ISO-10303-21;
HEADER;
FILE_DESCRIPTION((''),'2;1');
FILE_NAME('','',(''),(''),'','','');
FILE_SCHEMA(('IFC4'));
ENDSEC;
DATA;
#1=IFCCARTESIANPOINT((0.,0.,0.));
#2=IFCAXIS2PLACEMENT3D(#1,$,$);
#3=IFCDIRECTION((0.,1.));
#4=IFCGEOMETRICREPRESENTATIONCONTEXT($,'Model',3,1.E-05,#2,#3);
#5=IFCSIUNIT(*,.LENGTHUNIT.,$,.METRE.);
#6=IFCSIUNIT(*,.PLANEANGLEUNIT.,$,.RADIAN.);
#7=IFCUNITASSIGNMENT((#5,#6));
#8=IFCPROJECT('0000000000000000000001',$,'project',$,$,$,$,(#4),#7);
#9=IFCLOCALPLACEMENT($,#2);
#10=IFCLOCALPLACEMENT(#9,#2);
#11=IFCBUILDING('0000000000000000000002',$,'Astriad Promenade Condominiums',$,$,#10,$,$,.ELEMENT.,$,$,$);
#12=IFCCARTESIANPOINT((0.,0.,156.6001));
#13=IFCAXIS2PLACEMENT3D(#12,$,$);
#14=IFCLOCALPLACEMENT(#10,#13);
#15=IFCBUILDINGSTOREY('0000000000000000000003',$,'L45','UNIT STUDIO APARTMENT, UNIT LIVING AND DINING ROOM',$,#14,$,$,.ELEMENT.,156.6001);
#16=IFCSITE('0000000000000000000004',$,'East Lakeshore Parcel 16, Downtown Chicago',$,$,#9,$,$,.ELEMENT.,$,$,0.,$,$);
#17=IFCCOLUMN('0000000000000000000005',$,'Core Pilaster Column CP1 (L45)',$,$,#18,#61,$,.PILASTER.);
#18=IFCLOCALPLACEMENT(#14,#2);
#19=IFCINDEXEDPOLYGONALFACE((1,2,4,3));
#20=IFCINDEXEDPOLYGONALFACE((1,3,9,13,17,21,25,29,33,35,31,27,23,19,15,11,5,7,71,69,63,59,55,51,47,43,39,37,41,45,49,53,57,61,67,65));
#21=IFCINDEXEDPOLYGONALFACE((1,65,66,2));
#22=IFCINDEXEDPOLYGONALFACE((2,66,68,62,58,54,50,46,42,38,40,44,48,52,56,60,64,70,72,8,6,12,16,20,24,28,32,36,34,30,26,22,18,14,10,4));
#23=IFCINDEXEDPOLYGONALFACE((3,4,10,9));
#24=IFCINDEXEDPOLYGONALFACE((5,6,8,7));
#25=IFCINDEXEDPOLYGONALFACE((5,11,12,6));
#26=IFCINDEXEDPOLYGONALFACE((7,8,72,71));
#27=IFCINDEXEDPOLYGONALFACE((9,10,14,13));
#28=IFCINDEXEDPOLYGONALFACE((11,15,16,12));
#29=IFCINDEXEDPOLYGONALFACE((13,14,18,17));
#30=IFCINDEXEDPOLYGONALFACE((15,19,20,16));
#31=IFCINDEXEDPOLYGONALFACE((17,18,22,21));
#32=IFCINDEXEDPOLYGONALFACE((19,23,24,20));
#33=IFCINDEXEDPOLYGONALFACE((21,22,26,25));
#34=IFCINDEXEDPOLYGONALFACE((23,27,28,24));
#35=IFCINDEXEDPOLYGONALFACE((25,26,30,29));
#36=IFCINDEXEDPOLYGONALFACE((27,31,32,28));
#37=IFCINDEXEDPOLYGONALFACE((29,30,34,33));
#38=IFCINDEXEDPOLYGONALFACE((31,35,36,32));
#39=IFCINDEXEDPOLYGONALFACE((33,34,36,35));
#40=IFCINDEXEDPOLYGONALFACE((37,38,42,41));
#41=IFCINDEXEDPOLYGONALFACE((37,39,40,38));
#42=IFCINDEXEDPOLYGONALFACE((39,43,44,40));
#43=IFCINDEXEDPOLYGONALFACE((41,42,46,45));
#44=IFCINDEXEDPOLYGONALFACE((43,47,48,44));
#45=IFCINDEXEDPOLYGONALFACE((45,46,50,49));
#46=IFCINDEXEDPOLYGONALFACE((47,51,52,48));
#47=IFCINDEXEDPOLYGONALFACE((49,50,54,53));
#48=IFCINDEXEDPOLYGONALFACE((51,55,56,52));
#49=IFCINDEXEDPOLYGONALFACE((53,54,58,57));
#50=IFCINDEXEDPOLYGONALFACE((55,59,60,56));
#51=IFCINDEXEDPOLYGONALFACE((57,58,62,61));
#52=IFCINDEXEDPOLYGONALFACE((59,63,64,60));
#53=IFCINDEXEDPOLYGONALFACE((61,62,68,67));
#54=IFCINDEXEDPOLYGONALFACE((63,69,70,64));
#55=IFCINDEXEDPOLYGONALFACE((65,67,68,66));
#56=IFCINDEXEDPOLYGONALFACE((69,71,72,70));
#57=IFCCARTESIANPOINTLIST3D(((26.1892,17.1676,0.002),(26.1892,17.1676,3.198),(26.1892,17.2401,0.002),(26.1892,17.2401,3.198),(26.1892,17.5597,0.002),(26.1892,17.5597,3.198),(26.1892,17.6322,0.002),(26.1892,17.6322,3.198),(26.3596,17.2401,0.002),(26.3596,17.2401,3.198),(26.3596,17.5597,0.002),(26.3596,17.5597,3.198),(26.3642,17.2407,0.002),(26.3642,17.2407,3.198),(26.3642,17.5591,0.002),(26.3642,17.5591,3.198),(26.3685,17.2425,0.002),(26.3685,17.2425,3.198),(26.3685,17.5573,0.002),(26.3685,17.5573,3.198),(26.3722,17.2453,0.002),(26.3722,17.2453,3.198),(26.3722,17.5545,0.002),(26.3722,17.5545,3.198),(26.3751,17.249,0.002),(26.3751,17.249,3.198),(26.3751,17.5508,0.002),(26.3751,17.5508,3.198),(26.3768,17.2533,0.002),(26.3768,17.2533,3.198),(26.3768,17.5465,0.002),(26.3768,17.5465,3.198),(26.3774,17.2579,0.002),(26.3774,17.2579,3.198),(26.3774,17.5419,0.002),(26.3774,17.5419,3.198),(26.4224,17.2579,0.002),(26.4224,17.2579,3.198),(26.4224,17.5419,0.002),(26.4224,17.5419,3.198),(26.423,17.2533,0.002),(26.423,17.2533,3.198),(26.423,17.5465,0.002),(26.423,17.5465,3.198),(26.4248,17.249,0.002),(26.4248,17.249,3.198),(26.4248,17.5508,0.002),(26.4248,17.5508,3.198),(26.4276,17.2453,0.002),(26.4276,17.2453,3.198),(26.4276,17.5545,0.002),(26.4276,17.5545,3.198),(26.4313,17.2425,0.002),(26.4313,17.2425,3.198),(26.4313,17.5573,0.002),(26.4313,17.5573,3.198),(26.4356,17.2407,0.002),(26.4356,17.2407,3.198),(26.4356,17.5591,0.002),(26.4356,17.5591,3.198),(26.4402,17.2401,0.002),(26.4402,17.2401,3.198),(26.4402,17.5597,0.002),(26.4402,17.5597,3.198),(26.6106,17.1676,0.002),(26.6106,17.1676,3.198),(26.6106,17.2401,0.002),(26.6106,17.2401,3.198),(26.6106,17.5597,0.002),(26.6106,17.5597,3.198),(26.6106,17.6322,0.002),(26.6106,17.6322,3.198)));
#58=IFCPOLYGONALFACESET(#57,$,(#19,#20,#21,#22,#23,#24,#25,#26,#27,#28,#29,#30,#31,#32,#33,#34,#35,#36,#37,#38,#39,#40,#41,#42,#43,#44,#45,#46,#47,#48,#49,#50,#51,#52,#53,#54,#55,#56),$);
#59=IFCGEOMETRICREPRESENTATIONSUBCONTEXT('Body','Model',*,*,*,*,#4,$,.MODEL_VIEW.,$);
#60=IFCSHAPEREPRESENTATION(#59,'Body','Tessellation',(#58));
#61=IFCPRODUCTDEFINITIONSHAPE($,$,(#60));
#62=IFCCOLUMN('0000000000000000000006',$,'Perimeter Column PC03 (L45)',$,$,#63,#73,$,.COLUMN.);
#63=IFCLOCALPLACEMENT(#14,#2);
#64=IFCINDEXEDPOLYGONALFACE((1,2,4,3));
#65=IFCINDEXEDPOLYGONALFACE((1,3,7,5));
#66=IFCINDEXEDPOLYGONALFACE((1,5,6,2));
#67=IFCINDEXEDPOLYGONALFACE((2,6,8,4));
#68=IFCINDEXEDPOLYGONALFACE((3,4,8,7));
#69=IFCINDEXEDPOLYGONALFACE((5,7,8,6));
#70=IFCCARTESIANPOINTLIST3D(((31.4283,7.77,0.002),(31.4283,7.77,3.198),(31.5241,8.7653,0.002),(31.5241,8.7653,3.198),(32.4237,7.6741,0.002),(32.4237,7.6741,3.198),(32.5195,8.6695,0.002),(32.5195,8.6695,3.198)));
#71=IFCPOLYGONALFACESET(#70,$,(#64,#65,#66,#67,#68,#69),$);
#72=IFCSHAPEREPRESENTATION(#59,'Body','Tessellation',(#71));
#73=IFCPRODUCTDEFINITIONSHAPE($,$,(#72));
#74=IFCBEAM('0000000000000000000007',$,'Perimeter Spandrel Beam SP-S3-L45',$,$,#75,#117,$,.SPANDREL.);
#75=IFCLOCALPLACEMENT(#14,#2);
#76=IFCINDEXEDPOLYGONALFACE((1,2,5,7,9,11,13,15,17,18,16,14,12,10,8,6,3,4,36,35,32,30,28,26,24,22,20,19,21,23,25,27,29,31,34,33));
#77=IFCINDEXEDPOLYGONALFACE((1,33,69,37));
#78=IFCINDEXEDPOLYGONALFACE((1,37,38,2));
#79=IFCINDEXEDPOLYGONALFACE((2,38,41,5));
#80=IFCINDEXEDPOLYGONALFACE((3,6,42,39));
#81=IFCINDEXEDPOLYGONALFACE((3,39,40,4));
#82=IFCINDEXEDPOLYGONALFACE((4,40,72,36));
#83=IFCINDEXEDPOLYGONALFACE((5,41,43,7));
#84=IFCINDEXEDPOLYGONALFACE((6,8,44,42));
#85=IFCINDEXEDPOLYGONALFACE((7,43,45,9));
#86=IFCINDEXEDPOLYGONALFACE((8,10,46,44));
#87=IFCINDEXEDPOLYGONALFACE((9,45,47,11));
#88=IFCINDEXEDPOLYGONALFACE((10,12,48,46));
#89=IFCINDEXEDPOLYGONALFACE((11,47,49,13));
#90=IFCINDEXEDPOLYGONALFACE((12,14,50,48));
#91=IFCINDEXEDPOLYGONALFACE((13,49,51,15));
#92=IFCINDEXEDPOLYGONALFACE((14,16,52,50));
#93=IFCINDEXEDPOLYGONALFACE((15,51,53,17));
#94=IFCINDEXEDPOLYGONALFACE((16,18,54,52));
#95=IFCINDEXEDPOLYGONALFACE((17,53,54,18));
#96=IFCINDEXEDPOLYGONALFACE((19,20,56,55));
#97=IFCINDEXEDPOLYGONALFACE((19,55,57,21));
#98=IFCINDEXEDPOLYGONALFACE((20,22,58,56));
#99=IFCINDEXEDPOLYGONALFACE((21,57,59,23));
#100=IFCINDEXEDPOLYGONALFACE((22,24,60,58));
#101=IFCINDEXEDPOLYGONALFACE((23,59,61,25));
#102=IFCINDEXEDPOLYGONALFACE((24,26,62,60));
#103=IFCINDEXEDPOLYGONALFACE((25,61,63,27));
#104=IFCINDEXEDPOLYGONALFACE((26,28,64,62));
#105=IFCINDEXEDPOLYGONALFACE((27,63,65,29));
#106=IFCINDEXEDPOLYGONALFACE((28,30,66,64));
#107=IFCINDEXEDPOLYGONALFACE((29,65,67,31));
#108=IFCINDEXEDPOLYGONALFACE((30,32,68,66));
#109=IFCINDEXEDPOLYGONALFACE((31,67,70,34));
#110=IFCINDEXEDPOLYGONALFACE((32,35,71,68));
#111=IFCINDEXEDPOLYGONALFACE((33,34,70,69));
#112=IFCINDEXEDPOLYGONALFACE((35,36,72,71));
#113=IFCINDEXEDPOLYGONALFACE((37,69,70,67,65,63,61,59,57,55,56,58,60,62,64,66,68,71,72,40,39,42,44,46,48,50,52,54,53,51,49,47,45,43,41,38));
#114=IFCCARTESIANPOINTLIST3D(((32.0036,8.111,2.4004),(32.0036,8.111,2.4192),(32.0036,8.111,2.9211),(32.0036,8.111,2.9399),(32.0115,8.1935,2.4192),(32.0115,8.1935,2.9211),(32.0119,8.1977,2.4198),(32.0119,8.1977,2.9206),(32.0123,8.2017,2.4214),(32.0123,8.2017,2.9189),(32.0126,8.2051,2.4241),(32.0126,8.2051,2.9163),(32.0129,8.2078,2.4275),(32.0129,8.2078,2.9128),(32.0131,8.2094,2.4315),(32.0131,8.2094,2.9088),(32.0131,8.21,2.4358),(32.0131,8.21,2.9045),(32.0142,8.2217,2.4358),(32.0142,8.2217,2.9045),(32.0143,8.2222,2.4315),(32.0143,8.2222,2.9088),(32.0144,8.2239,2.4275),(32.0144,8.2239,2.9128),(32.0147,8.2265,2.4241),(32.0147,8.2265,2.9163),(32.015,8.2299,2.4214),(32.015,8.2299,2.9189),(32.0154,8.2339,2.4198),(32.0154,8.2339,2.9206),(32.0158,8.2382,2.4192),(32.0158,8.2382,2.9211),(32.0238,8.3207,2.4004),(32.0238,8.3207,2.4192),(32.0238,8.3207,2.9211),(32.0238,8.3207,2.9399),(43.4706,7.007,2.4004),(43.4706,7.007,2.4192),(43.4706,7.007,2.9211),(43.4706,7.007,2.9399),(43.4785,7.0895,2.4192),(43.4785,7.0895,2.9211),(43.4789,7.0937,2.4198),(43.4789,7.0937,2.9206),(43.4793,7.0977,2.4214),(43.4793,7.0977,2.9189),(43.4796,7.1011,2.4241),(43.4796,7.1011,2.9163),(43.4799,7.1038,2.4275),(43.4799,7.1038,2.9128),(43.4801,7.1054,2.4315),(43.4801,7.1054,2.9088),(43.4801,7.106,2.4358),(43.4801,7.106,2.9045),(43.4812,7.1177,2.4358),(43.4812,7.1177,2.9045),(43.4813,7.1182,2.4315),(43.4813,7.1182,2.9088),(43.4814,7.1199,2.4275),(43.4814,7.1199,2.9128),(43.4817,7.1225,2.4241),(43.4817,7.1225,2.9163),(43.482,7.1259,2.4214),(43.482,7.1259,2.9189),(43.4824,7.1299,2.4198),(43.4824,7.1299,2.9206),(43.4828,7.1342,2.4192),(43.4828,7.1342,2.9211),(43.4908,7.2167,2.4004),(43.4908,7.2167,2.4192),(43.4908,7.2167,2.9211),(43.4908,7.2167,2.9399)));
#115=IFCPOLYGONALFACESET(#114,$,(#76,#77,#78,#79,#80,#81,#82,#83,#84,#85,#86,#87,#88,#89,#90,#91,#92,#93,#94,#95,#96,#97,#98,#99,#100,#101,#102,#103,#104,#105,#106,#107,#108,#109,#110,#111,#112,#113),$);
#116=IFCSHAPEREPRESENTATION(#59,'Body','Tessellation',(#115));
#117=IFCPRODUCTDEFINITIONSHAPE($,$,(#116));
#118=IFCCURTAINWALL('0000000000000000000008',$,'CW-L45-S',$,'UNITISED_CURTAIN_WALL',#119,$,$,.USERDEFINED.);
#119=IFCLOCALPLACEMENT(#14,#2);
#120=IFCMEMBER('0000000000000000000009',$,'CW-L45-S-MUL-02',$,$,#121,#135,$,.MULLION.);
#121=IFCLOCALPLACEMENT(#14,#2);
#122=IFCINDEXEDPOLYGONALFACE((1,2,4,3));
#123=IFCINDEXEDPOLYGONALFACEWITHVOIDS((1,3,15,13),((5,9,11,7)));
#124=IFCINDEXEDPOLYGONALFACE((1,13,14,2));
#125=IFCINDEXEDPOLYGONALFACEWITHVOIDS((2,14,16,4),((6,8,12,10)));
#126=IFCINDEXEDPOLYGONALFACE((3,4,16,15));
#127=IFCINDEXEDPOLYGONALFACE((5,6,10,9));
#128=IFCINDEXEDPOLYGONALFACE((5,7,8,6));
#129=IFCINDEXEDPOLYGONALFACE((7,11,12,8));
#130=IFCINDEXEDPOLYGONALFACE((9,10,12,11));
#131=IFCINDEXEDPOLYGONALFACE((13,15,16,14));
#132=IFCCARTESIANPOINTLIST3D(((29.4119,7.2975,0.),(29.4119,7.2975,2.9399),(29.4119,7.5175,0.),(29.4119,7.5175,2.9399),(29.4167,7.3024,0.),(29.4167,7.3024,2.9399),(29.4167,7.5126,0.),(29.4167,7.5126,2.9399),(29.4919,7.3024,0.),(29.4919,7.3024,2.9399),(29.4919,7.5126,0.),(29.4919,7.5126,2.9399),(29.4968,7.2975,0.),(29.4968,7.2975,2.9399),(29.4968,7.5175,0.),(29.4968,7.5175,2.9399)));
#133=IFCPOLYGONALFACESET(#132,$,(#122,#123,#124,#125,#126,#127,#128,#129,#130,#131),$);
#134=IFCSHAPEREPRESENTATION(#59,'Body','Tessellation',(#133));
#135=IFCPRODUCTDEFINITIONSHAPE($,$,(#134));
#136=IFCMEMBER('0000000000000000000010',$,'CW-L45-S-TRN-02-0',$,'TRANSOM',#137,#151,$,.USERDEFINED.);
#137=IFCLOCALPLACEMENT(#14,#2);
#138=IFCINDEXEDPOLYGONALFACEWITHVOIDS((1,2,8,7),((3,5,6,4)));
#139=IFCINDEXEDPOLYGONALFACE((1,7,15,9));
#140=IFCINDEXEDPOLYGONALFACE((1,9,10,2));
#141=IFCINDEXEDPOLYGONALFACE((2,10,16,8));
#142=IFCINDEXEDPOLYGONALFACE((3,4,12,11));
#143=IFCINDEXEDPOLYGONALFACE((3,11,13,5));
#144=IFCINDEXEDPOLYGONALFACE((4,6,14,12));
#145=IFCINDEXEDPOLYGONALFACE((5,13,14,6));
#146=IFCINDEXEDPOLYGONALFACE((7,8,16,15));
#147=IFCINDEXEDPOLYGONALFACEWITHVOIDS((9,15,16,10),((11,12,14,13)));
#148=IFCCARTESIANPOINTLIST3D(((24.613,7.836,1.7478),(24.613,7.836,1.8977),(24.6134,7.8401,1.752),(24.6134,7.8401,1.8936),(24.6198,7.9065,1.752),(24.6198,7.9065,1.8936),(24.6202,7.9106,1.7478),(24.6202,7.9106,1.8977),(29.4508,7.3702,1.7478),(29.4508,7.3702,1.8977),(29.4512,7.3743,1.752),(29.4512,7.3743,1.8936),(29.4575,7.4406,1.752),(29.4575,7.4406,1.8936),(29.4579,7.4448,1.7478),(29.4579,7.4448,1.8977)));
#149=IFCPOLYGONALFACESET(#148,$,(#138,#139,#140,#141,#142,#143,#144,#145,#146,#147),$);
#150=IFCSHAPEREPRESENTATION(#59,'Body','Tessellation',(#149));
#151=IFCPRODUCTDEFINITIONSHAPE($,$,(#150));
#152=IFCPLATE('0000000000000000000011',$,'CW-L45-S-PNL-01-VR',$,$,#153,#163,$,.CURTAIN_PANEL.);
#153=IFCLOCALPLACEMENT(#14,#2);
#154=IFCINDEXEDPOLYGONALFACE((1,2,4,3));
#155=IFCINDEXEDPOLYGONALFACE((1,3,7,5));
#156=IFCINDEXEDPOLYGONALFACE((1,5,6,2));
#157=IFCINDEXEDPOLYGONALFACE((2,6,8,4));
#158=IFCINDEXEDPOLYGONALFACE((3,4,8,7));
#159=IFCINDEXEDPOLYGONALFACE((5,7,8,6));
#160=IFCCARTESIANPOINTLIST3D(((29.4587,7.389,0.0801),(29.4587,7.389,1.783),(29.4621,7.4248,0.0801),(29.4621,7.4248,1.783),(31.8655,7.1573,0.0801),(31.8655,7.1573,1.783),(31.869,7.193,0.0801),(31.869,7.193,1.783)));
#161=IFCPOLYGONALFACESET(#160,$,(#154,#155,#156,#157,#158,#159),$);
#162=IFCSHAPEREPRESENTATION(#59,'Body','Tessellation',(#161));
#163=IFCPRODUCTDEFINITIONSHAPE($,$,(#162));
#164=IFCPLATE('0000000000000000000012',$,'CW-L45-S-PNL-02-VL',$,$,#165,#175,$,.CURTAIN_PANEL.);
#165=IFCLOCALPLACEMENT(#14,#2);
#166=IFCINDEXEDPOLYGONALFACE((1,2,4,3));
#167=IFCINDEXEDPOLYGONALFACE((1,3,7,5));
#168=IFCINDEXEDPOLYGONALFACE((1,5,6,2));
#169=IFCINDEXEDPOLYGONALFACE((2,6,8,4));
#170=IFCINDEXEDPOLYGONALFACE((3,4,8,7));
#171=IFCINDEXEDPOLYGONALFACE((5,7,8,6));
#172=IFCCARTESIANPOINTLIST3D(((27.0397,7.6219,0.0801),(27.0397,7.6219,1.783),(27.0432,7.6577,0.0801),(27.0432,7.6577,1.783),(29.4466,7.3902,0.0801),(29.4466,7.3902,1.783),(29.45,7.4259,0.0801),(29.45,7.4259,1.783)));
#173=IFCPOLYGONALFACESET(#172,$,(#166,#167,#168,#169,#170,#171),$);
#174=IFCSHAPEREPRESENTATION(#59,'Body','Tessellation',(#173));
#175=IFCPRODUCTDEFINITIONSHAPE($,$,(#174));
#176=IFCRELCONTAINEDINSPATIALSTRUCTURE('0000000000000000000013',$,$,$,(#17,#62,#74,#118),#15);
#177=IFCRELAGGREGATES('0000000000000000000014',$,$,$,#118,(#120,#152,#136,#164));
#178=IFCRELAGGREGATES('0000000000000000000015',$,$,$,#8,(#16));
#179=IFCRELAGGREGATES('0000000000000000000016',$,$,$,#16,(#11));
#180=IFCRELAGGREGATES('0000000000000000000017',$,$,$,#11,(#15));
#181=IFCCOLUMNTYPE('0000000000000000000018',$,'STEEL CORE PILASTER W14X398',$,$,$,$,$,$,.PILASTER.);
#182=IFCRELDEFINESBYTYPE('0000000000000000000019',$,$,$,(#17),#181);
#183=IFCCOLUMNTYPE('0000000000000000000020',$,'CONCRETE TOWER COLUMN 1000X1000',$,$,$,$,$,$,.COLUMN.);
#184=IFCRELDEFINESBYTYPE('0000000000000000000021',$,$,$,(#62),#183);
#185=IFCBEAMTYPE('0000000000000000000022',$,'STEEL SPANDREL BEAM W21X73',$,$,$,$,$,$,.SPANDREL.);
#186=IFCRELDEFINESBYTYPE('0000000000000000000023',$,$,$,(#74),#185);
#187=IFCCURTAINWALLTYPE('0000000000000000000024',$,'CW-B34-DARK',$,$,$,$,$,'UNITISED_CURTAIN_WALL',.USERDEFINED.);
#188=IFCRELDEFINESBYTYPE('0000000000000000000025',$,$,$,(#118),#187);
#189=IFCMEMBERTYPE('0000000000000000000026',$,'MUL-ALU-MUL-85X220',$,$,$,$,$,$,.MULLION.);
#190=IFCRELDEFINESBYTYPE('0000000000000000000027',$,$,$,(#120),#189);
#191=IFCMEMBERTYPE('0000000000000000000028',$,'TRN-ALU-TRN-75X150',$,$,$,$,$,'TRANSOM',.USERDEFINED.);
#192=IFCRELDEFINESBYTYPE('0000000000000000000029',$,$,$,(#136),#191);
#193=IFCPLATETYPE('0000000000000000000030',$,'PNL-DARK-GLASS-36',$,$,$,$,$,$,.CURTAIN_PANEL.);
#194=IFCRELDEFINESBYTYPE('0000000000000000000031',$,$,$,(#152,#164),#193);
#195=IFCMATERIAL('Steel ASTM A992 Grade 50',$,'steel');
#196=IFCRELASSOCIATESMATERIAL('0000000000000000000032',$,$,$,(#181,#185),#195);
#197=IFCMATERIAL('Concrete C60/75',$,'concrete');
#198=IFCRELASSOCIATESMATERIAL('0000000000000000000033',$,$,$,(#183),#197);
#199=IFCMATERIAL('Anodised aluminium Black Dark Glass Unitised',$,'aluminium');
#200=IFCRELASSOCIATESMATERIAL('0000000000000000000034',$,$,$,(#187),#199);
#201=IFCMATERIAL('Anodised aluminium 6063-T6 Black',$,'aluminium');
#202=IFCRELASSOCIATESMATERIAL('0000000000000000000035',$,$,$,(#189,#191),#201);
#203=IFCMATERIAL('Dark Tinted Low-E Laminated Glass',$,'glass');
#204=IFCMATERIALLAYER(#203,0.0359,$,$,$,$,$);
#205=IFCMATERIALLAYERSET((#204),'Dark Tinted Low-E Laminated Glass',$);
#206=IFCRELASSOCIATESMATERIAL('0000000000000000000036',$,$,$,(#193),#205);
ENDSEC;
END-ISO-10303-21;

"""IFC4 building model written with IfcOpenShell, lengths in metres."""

from ifc_helpers import new_model, si_unit, direction, frame, origin, origin_2d, place, context, subcontext, project, spatial, rectangle, hollow_rectangle, i_section, extrude, source, transform, mapped, material, layer, layer_set, material_profile, profile_set, type_object, type_shapes, element, aggregate, save


model = new_model("IFC4")

# Units and contexts
model_context = context("Model", 3, precision=1e-05, world=origin(), true_north=direction((0.0, 1.0)))
body_context = subcontext(model_context, "Body", "Model", "MODEL_VIEW")
ifc_project = project(units=[si_unit("LENGTHUNIT", "METRE"), si_unit("PLANEANGLEUNIT", "RADIAN")], contexts=[model_context])

# Site, building, storey
site_placement = place(None, origin())
site = spatial("IfcSite", under=ifc_project, at=site_placement, Name="East Lakeshore Parcel 16, Downtown Chicago", CompositionType="ELEMENT", RefElevation=0.0)
building_placement = place(site_placement, origin())
building = spatial("IfcBuilding", under=site, at=building_placement, Name="Astriad Promenade Condominiums", CompositionType="ELEMENT")
storey_placement = place(building_placement, frame((0.0, 0.0, 156.6001)))
storey = spatial("IfcBuildingStorey", under=building, at=storey_placement, Name="L45", Description="UNIT STUDIO APARTMENT, UNIT LIVING AND DINING ROOM", CompositionType="ELEMENT", Elevation=156.6001)

# Columns
ifc_material_1 = material(Name="Steel ASTM A992 Grade 50", Category="steel")
ifc_material_profile_1 = material_profile(ifc_material_1, i_section(OverallWidth=0.4214, OverallDepth=0.4646, WebThickness=0.0449, FlangeThickness=0.0725, FilletRadius=0.0178, at=origin_2d()), Name="W14X398")
ifc_profile_set_1 = profile_set([ifc_material_profile_1], Name="Steel ASTM A992 Grade 50")
column_type_1 = type_object("IfcColumnType", Name="STEEL CORE PILASTER W14X398", PredefinedType="PILASTER", material=ifc_profile_set_1)
shared_shape_1 = source(origin(), body_context, "Body", "SweptSolid", [
    extrude(i_section(OverallWidth=0.4214, OverallDepth=0.4646, WebThickness=0.0449, FlangeThickness=0.0725, FilletRadius=0.0178, at=origin_2d()), origin(), (0.0, 0.0, 1.0), 3.196),
])
type_shapes(column_type_1, [shared_shape_1])
column_1_placement = place(storey_placement, frame((26.3999, 17.3999, 0.002), z_axis=(0.0, 0.0, 1.0), x_axis=(1.0, 0.0, 0.0)))
element("IfcColumn", 1, at=column_1_placement, inside=storey, type_object=column_type_1, Name="Core Pilaster Column CP1 (L45)", PredefinedType="PILASTER", context=body_context, shape_type="MappedRepresentation", body=[
    mapped(shared_shape_1, transform((0.0, 0.0, 0.0), scale=1.0)),
])
ifc_material_2 = material(Name="Concrete C60/75", Category="concrete")
ifc_material_profile_2 = material_profile(ifc_material_2, rectangle(XDim=1.0, YDim=1.0, at=origin_2d()), Name="RC-COL-1000X1000")
ifc_profile_set_2 = profile_set([ifc_material_profile_2], Name="Concrete C60/75")
column_type_2 = type_object("IfcColumnType", Name="CONCRETE TOWER COLUMN 1000X1000", PredefinedType="COLUMN", material=ifc_profile_set_2)
shared_shape_2 = source(origin(), body_context, "Body", "SweptSolid", [
    extrude(rectangle(XDim=1.0, YDim=1.0, at=origin_2d()), origin(), (0.0, 0.0, 1.0), 3.196),
])
type_shapes(column_type_2, [shared_shape_2])
column_2_placement = place(storey_placement, frame((31.9739, 8.2197, 0.002), z_axis=(0.0, 0.0, 1.0), x_axis=(0.995396, -0.095846, 0.0)))
element("IfcColumn", 2, at=column_2_placement, inside=storey, type_object=column_type_2, Name="Perimeter Column PC03 (L45)", PredefinedType="COLUMN", context=body_context, shape_type="MappedRepresentation", body=[
    mapped(shared_shape_2, transform((0.0, 0.0, 0.0), scale=1.0)),
])

# Beam
ifc_material_profile_3 = material_profile(ifc_material_1, i_section(OverallWidth=0.2107, OverallDepth=0.5396, WebThickness=0.0117, FlangeThickness=0.0188, FilletRadius=0.0166, at=origin_2d()), Name="W21X73")
ifc_profile_set_3 = profile_set([ifc_material_profile_3], Name="Steel ASTM A992 Grade 50")
beam_type = type_object("IfcBeamType", Name="STEEL SPANDREL BEAM W21X73", PredefinedType="SPANDREL", material=ifc_profile_set_3)
shared_shape_3 = source(origin(), body_context, "Body", "SweptSolid", [
    extrude(i_section(OverallWidth=0.2107, OverallDepth=0.5396, WebThickness=0.0117, FlangeThickness=0.0188, FilletRadius=0.0166, at=origin_2d()), origin(), (0.0, 0.0, 1.0), 11.52),
])
type_shapes(beam_type, [shared_shape_3])
beam_placement = place(storey_placement, frame((32.0137, 8.2158, 2.6702), z_axis=(0.995397, -0.095833, 0.0), x_axis=(0.095833, 0.995397, 0.0)))
element("IfcBeam", 3, at=beam_placement, inside=storey, type_object=beam_type, Name="Perimeter Spandrel Beam SP-S3-L45", PredefinedType="SPANDREL", context=body_context, shape_type="MappedRepresentation", body=[
    mapped(shared_shape_3, transform((0.0, 0.0, 0.0), scale=1.0)),
])

# Curtain wall, members, plates
ifc_material_3 = material(Name="Anodised aluminium Black Dark Glass Unitised", Category="aluminium")
curtain_wall_type = type_object("IfcCurtainWallType", Name="CW-B34-DARK", ElementType="UNITISED_CURTAIN_WALL", PredefinedType="USERDEFINED", material=ifc_material_3)
curtain_wall_placement = place(storey_placement, origin())
curtain_wall = element("IfcCurtainWall", 4, at=curtain_wall_placement, inside=storey, type_object=curtain_wall_type, Name="CW-L45-S", ObjectType="UNITISED_CURTAIN_WALL", PredefinedType="USERDEFINED")
ifc_material_4 = material(Name="Anodised aluminium 6063-T6 Black", Category="aluminium")
ifc_material_profile_4 = material_profile(ifc_material_4, hollow_rectangle(XDim=0.085, YDim=0.22, WallThickness=0.0049, at=origin_2d()), Name="ALU-MUL-85X220")
ifc_profile_set_4 = profile_set([ifc_material_profile_4], Name="Anodised aluminium 6063-T6 Black")
member_type_1 = type_object("IfcMemberType", Name="MUL-ALU-MUL-85X220", PredefinedType="MULLION", material=ifc_profile_set_4)
shared_shape_4 = source(origin(), body_context, "Body", "SweptSolid", [
    extrude(hollow_rectangle(XDim=0.085, YDim=0.22, WallThickness=0.0049, at=origin_2d()), origin(), (0.0, 0.0, 1.0), 2.9399),
])
type_shapes(member_type_1, [shared_shape_4])
member_1_placement = place(storey_placement, frame((29.4543, 7.4075, 0.0), z_axis=(0.0, 0.0, 1.0), x_axis=(1.0, 0.0, 0.0)))
member_1 = element("IfcMember", 5, at=member_1_placement, type_object=member_type_1, Name="CW-L45-S-MUL-02", PredefinedType="MULLION", context=body_context, shape_type="MappedRepresentation", body=[
    mapped(shared_shape_4, transform((0.0, 0.0, 0.0), scale=1.0)),
])
ifc_material_profile_5 = material_profile(ifc_material_4, hollow_rectangle(XDim=0.075, YDim=0.1499, WallThickness=0.0042, at=origin_2d()), Name="ALU-TRN-75X150")
ifc_profile_set_5 = profile_set([ifc_material_profile_5], Name="Anodised aluminium 6063-T6 Black")
member_type_2 = type_object("IfcMemberType", Name="TRN-ALU-TRN-75X150", ElementType="TRANSOM", PredefinedType="USERDEFINED", material=ifc_profile_set_5)
shared_shape_5 = source(origin(), body_context, "Body", "SweptSolid", [
    extrude(hollow_rectangle(XDim=0.075, YDim=0.1499, WallThickness=0.0042, at=origin_2d()), origin(), (0.0, 0.0, 1.0), 4.8601),
])
type_shapes(member_type_2, [shared_shape_5])
member_2_placement = place(storey_placement, frame((29.4543, 7.4075, 1.8228), z_axis=(-0.995396, 0.095847, 0.0), x_axis=(-0.095847, -0.995396, 0.0)))
member_2 = element("IfcMember", 6, at=member_2_placement, type_object=member_type_2, Name="CW-L45-S-TRN-02-0", ObjectType="TRANSOM", PredefinedType="USERDEFINED", context=body_context, shape_type="MappedRepresentation", body=[
    mapped(shared_shape_5, transform((0.0, 0.0, 0.0), scale=1.0)),
])
ifc_material_5 = material(Name="Dark Tinted Low-E Laminated Glass", Category="glass")
ifc_layer_1 = layer(ifc_material_5, 0.0359)
ifc_layer_set_1 = layer_set([ifc_layer_1], Name="Dark Tinted Low-E Laminated Glass")
plate_type = type_object("IfcPlateType", Name="PNL-DARK-GLASS-36", PredefinedType="CURTAIN_PANEL", material=ifc_layer_set_1)
shared_shape_6 = source(origin(), body_context, "Body", "SweptSolid", [
    extrude(rectangle(XDim=2.418, YDim=0.0359, at=origin_2d()), origin(), (0.0, 0.0, 1.0), 1.7029),
])
plate_1_placement = place(storey_placement, frame((30.6638, 7.291, 0.0801), z_axis=(0.0, 0.0, 1.0), x_axis=(-0.995396, 0.095846, 0.0)))
plate_1 = element("IfcPlate", 7, at=plate_1_placement, type_object=plate_type, Name="CW-L45-S-PNL-01-VR", PredefinedType="CURTAIN_PANEL", context=body_context, shape_type="MappedRepresentation", body=[
    mapped(shared_shape_6, transform((0.0, 0.0, 0.0), scale=1.0)),
])
plate_2_placement = place(storey_placement, frame((28.2449, 7.5239, 0.0801), z_axis=(0.0, 0.0, 1.0), x_axis=(-0.995396, 0.095846, 0.0)))
plate_2 = element("IfcPlate", 8, at=plate_2_placement, type_object=plate_type, Name="CW-L45-S-PNL-02-VL", PredefinedType="CURTAIN_PANEL", context=body_context, shape_type="MappedRepresentation", body=[
    mapped(shared_shape_6, transform((0.0, 0.0, 0.0), scale=1.0)),
])
aggregate(curtain_wall, [member_1, plate_1, member_2, plate_2])

save(model, "model.ifc")
